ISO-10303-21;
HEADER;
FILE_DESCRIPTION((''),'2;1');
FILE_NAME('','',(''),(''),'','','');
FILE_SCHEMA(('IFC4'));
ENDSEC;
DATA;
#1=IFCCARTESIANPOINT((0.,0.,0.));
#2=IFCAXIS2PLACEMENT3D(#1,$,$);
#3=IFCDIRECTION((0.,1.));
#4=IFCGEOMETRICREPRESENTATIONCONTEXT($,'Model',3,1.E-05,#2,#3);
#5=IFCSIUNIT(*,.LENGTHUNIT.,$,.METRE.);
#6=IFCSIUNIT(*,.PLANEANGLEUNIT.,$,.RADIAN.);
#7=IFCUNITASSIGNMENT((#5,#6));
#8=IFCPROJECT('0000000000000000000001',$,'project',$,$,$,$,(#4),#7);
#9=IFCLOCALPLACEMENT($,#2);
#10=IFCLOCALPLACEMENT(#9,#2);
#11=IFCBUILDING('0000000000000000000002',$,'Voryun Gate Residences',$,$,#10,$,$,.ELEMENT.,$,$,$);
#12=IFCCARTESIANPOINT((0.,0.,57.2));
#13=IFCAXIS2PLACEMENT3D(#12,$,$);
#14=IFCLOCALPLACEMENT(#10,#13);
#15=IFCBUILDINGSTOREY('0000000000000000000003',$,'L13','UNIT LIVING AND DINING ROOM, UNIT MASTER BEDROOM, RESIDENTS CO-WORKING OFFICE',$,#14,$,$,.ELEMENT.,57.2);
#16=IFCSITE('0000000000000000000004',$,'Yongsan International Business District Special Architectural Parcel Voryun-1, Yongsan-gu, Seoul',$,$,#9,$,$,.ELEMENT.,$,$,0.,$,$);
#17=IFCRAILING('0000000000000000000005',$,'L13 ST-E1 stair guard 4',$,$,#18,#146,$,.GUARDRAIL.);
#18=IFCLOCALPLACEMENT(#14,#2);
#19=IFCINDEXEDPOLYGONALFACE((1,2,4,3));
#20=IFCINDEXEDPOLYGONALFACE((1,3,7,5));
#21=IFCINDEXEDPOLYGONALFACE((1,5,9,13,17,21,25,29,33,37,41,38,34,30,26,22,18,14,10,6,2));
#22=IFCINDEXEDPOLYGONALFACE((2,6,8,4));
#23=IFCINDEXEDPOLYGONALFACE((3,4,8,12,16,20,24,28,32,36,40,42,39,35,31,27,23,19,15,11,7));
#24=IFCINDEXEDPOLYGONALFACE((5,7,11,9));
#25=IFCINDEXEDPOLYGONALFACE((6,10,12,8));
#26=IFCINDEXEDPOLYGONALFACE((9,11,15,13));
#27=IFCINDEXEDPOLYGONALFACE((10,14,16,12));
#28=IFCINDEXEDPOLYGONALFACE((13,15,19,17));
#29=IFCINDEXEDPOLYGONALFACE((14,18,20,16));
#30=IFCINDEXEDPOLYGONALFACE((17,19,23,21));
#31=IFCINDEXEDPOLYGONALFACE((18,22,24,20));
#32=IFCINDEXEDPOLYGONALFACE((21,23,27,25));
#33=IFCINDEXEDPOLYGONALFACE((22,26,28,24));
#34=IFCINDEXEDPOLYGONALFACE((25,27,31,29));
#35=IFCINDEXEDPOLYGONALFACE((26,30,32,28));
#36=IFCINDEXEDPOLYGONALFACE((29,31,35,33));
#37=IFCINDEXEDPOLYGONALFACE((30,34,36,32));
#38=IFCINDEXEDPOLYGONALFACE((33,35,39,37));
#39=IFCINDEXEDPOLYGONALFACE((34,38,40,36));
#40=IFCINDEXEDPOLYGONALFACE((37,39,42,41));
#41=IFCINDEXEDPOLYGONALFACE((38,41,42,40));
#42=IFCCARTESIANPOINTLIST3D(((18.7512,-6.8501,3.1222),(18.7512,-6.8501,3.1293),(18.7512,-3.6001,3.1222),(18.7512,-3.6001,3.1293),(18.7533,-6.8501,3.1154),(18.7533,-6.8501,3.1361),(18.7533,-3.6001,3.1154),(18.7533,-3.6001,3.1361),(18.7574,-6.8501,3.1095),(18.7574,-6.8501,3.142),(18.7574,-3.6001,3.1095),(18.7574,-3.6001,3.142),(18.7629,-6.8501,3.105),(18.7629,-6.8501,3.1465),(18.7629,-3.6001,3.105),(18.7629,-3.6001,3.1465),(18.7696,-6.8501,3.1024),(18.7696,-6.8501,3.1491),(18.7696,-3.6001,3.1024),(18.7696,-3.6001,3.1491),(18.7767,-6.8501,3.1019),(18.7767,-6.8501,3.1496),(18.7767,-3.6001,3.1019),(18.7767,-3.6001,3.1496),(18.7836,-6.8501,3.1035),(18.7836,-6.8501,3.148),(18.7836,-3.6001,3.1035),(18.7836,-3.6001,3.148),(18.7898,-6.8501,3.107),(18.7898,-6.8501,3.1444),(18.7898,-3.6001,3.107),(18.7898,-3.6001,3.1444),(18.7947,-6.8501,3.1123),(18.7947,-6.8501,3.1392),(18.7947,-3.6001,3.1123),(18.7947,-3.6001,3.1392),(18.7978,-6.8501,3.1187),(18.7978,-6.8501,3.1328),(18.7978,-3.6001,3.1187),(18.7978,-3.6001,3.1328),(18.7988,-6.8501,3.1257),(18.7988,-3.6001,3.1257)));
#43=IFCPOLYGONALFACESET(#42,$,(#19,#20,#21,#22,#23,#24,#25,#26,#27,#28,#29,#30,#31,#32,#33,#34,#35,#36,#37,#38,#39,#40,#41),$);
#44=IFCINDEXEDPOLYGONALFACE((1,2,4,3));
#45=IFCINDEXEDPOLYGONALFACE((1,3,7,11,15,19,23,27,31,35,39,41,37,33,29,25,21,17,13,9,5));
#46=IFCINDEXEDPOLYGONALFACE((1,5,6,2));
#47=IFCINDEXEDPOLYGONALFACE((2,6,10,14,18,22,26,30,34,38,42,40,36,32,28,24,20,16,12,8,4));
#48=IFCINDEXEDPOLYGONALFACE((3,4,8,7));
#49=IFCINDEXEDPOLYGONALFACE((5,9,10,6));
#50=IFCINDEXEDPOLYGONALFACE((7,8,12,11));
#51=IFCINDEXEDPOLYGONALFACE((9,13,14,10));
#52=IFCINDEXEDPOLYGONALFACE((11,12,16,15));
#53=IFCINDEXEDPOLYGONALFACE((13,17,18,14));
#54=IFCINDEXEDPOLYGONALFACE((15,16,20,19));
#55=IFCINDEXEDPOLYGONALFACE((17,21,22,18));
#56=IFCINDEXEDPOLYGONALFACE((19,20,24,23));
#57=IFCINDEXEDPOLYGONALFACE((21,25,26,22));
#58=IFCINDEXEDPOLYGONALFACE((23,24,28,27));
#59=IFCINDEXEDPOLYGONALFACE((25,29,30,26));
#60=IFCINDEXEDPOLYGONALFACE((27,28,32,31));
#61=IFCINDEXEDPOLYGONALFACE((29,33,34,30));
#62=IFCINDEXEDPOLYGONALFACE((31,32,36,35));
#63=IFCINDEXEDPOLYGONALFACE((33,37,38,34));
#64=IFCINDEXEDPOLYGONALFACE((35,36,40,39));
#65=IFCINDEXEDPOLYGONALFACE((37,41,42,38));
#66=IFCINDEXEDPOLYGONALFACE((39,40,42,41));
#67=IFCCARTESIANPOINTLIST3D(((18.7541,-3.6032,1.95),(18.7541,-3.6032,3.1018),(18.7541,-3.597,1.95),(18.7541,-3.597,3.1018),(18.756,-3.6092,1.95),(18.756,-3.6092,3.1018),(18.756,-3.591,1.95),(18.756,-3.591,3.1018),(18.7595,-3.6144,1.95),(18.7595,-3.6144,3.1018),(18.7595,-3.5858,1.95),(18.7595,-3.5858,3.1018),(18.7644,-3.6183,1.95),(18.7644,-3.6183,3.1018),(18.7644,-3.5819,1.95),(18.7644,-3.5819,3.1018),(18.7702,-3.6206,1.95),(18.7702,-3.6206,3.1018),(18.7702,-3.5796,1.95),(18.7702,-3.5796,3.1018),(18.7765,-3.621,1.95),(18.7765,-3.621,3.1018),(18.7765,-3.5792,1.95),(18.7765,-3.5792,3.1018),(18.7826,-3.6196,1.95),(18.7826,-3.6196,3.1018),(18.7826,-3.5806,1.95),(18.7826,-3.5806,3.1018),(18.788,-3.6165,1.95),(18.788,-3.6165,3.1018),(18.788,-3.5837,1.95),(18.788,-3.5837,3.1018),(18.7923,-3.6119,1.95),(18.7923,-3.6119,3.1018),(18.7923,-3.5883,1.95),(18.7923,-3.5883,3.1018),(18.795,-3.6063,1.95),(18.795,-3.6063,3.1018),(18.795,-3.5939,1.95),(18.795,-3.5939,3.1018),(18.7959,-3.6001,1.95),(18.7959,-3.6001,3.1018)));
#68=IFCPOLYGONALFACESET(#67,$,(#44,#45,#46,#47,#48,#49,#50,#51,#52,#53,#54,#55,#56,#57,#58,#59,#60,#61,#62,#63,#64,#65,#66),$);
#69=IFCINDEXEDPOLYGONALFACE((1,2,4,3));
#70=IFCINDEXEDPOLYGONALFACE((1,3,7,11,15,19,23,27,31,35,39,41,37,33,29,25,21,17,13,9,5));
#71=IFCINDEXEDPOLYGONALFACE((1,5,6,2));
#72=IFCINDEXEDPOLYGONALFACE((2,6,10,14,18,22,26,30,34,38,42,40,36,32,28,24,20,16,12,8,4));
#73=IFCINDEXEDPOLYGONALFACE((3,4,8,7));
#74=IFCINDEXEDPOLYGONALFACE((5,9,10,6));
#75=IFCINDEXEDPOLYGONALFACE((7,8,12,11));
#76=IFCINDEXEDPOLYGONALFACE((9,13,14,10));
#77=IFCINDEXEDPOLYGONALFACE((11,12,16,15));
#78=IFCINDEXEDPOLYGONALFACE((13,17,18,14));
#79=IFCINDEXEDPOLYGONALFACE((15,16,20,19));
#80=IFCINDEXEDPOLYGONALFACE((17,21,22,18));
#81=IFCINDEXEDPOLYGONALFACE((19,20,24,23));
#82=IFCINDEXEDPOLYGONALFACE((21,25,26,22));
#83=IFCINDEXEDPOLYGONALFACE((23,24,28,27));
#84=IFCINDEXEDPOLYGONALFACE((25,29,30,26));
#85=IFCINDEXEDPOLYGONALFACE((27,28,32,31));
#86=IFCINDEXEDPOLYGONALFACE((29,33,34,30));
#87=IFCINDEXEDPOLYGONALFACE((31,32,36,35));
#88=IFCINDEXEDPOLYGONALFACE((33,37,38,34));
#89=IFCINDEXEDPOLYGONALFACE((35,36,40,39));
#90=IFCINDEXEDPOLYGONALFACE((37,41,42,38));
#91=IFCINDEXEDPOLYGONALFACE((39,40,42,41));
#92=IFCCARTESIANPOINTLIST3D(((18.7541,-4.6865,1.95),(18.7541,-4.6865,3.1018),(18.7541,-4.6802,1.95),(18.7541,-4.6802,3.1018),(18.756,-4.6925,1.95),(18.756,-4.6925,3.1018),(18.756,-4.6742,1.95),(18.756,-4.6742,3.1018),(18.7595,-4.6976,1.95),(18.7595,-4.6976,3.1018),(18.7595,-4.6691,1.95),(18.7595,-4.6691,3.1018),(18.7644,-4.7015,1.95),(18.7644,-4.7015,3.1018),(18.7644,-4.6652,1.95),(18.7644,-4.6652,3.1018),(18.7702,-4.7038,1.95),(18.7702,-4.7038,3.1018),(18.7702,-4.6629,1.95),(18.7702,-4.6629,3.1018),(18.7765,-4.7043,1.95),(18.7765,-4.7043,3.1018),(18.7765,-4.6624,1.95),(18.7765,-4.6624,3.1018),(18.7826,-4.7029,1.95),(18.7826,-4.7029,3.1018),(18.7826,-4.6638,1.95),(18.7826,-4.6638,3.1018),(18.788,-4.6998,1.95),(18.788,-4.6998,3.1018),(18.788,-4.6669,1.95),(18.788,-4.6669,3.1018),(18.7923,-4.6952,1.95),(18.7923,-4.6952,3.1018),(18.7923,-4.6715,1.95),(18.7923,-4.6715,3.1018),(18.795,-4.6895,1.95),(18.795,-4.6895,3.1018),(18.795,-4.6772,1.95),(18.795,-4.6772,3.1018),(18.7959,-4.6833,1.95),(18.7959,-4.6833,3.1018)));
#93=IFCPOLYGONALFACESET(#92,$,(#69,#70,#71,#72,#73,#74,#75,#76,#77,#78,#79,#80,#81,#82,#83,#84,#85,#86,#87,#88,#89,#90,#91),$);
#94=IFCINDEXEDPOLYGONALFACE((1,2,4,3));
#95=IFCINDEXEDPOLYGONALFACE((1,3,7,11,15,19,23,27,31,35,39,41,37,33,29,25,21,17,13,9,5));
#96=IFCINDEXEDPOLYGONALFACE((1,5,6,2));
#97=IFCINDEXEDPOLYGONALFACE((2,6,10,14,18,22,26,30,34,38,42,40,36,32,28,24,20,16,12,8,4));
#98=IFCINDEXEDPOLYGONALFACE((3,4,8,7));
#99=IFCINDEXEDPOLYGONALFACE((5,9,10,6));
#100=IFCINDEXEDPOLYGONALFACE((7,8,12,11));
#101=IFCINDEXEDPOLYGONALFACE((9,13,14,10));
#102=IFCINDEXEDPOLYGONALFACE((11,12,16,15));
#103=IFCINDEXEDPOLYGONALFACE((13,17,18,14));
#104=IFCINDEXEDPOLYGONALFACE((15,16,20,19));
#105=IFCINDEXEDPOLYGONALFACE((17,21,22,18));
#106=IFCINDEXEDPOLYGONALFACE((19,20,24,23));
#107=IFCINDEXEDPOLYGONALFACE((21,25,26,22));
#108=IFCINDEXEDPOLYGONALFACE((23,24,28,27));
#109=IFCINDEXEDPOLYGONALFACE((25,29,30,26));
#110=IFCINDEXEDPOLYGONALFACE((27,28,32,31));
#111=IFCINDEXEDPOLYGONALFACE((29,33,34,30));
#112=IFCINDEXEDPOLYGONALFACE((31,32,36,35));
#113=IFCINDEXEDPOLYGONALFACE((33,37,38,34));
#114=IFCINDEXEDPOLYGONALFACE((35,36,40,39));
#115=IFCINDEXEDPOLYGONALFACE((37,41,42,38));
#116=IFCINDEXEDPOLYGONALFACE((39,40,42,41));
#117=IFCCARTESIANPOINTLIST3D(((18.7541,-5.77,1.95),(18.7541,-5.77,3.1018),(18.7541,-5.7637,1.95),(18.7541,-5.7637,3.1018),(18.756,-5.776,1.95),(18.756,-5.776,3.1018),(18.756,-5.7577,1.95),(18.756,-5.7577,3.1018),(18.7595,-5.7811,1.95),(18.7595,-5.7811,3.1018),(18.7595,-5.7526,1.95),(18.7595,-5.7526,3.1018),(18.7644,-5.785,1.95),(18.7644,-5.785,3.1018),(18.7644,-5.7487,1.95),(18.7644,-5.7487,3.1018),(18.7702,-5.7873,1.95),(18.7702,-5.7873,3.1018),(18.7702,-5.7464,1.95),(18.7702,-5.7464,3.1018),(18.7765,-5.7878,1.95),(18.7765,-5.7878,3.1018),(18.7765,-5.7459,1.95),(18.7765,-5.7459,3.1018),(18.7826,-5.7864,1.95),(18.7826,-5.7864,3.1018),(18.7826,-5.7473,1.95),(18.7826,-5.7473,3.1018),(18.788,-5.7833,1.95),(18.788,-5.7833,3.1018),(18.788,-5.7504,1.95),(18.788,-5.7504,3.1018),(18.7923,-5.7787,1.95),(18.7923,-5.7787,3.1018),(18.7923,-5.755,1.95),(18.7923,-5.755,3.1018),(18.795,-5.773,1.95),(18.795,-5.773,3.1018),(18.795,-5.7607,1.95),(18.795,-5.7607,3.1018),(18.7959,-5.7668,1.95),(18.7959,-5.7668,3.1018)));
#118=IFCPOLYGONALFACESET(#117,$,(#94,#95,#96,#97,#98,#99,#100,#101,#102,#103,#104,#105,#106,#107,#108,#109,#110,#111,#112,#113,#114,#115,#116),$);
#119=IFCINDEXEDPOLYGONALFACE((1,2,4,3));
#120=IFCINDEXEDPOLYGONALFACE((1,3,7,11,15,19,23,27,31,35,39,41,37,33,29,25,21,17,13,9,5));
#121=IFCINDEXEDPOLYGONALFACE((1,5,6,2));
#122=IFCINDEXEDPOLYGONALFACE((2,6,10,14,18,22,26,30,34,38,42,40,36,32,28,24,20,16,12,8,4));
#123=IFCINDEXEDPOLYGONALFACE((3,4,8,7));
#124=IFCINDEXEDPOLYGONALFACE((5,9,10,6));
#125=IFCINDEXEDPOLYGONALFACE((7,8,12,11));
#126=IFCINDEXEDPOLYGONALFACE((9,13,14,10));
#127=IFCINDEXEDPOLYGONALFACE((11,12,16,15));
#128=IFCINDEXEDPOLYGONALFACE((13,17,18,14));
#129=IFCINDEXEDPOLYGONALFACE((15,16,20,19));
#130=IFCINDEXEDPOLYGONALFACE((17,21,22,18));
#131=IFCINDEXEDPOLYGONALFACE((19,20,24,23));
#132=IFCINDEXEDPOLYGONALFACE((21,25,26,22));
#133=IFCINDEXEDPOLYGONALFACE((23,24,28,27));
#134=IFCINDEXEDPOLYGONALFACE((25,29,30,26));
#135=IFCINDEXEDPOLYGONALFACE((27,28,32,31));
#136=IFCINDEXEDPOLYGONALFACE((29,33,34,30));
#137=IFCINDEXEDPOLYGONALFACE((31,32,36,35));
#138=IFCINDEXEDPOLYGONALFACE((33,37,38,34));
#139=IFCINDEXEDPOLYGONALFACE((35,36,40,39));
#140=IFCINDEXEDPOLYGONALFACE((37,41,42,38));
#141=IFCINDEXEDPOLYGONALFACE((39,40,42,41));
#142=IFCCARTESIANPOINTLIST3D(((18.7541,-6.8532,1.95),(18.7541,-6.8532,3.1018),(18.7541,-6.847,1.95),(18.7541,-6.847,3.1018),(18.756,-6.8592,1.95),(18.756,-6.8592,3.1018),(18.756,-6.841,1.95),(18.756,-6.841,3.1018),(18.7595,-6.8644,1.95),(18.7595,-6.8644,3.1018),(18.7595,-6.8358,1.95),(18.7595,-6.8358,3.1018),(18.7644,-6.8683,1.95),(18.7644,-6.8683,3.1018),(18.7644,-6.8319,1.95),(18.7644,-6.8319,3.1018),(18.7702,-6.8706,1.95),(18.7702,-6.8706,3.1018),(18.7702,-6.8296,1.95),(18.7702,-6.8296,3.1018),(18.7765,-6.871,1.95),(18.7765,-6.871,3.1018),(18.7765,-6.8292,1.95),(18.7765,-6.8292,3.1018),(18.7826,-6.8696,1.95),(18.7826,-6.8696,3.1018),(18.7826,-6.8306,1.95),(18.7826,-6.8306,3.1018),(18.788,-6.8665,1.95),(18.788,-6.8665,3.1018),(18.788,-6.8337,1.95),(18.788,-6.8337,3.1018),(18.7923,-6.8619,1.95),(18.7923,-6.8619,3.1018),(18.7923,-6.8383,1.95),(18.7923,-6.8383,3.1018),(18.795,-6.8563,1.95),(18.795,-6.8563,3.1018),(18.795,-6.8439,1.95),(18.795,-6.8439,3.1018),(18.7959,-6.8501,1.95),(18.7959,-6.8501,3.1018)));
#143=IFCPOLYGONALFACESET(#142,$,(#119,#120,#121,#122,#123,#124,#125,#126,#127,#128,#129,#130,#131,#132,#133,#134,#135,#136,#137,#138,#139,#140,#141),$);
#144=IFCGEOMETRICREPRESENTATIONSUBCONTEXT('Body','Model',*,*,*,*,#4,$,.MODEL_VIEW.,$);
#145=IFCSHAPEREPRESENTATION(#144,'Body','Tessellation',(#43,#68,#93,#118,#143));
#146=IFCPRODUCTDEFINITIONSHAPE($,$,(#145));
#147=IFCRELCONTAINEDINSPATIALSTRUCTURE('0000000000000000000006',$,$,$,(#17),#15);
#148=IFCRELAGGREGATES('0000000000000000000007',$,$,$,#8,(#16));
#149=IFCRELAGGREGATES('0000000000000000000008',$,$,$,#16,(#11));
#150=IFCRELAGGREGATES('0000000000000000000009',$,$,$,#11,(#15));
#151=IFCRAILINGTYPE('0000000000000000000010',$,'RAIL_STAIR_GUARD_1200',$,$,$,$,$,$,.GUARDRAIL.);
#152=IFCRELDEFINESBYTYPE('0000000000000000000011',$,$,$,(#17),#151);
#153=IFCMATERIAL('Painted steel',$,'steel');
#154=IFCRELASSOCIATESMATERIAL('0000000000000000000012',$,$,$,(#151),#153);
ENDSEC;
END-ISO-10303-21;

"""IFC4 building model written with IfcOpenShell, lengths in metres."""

from ifc_helpers import new_model, si_unit, direction, frame, origin, origin_2d, place, context, subcontext, project, spatial, circle, extrude, material, type_object, element, save


model = new_model("IFC4")

# Units and contexts
model_context = context("Model", 3, precision=1e-05, world=origin(), true_north=direction((0.0, 1.0)))
body_context = subcontext(model_context, "Body", "Model", "MODEL_VIEW")
ifc_project = project(units=[si_unit("LENGTHUNIT", "METRE"), si_unit("PLANEANGLEUNIT", "RADIAN")], contexts=[model_context])

# Site, building, storey
site_placement = place(None, origin())
site = spatial("IfcSite", under=ifc_project, at=site_placement, Name="Yongsan International Business District Special Architectural Parcel Voryun-1, Yongsan-gu, Seoul", CompositionType="ELEMENT", RefElevation=0.0)
building_placement = place(site_placement, origin())
building = spatial("IfcBuilding", under=site, at=building_placement, Name="Voryun Gate Residences", CompositionType="ELEMENT")
storey_placement = place(building_placement, frame((0.0, 0.0, 57.2)))
storey = spatial("IfcBuildingStorey", under=building, at=storey_placement, Name="L13", Description="UNIT LIVING AND DINING ROOM, UNIT MASTER BEDROOM, RESIDENTS CO-WORKING OFFICE", CompositionType="ELEMENT", Elevation=57.2)

# Railing
ifc_material_1 = material(Name="Painted steel", Category="steel")
railing_type_1 = type_object("IfcRailingType", Name="RAIL_STAIR_GUARD_1200", PredefinedType="GUARDRAIL", material=ifc_material_1)
for number, where, name in (
    (1, (18.7749, -3.6001, 1.95), "L13 ST-E1 stair guard 4"),
):
    element("IfcRailing", number, at=place(storey_placement, frame(where)), inside=storey, type_object=railing_type_1, Name=name, PredefinedType="GUARDRAIL", context=body_context, shape_type="SweptSolid", body=[
        extrude(circle(Radius=0.0239, at=origin_2d()), frame((0.0, 0.0, 1.1758), z_axis=(0.0, -1.0, 0.0), x_axis=(1.0, 0.0, 0.0)), (0.0, 0.0, 1.0), 3.25),
        extrude(circle(Radius=0.021, at=origin_2d()), origin(), (0.0, 0.0, 1.0), 1.1519),
        extrude(circle(Radius=0.021, at=origin_2d()), frame((0.0, -1.0833, 0.0)), (0.0, 0.0, 1.0), 1.1519),
        extrude(circle(Radius=0.021, at=origin_2d()), frame((0.0, -2.1667, 0.0)), (0.0, 0.0, 1.0), 1.1519),
        extrude(circle(Radius=0.021, at=origin_2d()), frame((0.0, -3.25, 0.0)), (0.0, 0.0, 1.0), 1.1519),
    ])

save(model, "model.ifc")
